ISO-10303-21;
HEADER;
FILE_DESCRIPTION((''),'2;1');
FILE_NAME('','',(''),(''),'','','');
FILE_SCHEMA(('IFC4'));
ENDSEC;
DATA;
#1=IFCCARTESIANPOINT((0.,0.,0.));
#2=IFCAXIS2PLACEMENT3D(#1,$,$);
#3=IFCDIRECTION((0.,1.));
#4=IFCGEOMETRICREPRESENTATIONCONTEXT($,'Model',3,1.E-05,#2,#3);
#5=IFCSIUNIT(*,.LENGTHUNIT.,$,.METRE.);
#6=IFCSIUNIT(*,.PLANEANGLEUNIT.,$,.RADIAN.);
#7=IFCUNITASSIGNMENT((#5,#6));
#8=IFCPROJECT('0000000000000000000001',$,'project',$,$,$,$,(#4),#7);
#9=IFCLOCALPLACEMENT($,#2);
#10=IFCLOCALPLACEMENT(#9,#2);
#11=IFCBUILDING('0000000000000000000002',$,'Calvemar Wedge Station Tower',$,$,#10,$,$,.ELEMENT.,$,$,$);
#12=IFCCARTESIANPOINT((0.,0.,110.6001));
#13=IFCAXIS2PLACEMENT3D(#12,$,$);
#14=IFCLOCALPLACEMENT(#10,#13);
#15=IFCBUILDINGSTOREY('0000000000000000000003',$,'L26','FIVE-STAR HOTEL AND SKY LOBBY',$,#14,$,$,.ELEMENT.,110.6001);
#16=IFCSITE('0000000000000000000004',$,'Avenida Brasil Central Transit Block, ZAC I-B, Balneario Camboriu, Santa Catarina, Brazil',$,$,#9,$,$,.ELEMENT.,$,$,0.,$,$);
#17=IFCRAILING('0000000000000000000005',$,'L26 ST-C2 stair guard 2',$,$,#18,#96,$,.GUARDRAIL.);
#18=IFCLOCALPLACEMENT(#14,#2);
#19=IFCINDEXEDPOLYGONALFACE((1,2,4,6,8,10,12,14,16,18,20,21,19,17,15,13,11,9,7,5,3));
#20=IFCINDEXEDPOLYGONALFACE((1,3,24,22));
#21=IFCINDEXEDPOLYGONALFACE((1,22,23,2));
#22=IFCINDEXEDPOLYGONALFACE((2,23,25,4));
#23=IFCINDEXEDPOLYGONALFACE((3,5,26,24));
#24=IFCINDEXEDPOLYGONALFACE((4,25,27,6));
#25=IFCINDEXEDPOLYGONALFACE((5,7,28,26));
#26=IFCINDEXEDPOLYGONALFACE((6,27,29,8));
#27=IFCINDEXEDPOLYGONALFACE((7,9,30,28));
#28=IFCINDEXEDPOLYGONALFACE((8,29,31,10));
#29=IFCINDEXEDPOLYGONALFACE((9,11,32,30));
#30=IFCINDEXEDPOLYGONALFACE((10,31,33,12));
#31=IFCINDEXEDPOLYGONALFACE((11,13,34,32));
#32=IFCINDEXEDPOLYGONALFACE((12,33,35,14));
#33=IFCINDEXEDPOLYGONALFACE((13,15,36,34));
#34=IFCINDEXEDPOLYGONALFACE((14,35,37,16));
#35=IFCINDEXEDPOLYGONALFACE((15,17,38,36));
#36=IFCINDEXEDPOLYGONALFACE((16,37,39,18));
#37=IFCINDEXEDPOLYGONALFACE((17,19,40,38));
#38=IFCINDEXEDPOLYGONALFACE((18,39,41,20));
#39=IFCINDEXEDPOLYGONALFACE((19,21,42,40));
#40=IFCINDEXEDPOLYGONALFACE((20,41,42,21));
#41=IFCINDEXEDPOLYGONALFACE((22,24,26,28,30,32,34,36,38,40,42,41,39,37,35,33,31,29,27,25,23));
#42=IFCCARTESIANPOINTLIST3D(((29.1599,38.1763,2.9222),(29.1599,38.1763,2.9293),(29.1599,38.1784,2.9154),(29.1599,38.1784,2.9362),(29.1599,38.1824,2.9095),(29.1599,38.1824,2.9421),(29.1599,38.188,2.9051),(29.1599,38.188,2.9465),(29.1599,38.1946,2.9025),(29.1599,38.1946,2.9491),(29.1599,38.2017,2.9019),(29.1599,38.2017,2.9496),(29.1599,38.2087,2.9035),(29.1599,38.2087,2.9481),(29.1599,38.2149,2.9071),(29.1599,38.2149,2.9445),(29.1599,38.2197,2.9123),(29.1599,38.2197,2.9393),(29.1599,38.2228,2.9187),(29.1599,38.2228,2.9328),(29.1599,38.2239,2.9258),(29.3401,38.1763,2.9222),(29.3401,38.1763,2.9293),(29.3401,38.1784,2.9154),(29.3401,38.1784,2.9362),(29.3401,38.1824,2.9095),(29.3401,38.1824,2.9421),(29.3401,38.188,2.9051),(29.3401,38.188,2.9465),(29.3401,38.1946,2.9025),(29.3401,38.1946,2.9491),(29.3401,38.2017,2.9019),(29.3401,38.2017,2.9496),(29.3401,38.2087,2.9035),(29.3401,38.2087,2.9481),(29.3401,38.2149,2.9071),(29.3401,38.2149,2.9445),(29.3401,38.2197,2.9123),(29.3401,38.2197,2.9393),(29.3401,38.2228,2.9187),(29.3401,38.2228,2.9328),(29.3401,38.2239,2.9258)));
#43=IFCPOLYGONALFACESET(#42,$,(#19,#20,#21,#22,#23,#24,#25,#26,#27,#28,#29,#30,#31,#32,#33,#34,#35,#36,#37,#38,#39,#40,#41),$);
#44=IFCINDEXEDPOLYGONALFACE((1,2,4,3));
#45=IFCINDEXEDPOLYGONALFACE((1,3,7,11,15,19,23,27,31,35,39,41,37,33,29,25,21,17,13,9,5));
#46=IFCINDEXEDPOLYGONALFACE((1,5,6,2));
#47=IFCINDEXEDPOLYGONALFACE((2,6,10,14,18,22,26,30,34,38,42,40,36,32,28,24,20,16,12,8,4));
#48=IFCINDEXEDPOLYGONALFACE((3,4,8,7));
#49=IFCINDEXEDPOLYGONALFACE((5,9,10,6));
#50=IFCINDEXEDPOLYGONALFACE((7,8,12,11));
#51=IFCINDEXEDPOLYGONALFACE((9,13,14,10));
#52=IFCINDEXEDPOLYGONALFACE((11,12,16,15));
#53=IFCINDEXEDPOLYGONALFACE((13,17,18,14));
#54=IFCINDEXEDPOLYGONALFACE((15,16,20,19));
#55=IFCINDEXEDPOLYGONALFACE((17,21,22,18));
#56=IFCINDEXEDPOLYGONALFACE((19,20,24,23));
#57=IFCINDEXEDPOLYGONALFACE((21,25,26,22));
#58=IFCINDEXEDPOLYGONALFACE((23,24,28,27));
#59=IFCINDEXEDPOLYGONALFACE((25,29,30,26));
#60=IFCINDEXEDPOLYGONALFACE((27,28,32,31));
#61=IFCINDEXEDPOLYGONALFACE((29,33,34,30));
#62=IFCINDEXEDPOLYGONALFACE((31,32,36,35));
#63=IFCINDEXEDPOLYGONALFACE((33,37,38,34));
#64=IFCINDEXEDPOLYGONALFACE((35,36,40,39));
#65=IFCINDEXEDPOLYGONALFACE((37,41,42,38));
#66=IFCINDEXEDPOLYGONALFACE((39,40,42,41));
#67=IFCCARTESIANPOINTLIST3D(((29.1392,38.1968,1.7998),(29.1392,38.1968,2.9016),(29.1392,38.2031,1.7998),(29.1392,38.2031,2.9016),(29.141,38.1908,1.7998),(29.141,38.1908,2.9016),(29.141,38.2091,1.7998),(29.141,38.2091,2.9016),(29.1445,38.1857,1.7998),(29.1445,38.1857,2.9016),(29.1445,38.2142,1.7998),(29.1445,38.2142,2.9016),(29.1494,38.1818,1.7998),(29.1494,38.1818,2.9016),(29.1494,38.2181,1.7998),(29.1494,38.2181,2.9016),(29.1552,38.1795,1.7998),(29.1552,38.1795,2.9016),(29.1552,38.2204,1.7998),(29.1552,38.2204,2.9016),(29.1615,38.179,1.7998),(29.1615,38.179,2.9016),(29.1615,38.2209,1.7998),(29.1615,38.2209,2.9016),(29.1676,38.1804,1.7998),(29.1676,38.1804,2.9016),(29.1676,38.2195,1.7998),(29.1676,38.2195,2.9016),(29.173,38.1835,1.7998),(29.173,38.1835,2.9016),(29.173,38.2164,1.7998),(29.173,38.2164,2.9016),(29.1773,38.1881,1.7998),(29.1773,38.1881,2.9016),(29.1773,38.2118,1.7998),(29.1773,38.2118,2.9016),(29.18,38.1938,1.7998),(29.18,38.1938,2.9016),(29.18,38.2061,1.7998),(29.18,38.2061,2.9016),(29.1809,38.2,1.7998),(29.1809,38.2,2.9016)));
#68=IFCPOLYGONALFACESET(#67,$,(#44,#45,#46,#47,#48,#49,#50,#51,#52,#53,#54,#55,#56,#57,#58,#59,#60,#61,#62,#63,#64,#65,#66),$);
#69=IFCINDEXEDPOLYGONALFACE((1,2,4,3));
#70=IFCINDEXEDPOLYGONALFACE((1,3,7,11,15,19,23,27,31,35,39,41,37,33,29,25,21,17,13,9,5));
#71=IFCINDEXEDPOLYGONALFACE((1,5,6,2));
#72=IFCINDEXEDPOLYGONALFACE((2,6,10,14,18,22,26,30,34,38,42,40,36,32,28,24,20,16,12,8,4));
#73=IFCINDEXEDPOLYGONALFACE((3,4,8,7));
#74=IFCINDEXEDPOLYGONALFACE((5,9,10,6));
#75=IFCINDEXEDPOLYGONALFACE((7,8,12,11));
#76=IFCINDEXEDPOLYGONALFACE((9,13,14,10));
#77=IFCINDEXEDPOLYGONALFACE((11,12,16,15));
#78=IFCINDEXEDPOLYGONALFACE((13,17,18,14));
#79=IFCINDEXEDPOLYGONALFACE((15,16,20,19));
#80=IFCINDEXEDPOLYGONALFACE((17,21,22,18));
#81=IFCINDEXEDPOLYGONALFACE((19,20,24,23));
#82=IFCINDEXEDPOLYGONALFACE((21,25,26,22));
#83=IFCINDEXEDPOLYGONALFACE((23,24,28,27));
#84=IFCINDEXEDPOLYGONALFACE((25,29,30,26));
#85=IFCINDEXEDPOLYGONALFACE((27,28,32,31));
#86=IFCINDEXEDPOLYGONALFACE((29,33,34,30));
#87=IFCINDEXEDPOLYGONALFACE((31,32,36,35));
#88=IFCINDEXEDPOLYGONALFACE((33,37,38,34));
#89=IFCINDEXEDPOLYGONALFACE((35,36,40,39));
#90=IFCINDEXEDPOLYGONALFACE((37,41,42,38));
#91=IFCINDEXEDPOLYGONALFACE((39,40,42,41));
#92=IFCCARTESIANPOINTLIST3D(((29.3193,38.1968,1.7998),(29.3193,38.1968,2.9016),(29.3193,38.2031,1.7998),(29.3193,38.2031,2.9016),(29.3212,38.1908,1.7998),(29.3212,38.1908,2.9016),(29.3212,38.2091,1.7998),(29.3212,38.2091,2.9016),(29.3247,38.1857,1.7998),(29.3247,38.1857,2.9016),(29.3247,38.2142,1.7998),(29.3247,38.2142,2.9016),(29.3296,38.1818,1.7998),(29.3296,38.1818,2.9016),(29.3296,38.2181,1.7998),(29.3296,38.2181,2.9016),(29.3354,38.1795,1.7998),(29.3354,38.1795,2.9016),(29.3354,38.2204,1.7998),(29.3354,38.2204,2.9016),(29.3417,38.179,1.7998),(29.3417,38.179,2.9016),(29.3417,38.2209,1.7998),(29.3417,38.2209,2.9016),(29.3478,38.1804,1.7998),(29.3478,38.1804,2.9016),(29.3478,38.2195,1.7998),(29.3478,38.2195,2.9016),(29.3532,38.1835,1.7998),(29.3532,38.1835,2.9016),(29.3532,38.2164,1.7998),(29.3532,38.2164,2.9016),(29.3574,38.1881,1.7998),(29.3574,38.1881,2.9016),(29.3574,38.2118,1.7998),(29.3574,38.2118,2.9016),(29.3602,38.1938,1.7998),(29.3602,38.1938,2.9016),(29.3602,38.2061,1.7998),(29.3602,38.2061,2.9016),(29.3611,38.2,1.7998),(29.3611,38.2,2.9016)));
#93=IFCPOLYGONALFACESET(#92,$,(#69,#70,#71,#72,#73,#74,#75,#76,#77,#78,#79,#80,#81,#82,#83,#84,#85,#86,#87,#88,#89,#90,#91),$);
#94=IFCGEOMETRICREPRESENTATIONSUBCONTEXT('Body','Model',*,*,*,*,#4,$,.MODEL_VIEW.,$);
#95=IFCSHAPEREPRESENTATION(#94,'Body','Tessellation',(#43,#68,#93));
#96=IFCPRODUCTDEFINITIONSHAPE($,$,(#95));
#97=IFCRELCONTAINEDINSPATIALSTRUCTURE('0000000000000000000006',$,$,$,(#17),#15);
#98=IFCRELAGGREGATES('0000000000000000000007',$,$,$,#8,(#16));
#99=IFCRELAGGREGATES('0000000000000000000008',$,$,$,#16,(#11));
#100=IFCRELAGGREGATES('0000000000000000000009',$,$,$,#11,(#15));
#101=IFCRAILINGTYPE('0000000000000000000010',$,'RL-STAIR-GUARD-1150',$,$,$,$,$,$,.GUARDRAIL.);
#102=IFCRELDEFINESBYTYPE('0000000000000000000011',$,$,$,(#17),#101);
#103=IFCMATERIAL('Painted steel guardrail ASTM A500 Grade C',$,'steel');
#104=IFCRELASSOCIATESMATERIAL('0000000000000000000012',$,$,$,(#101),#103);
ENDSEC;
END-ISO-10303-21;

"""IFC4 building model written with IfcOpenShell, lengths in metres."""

from ifc_helpers import new_model, si_unit, direction, frame, origin, origin_2d, place, context, subcontext, project, spatial, circle, extrude, material, type_object, element, save


model = new_model("IFC4")

# Units and contexts
model_context = context("Model", 3, precision=1e-05, world=origin(), true_north=direction((0.0, 1.0)))
body_context = subcontext(model_context, "Body", "Model", "MODEL_VIEW")
ifc_project = project(units=[si_unit("LENGTHUNIT", "METRE"), si_unit("PLANEANGLEUNIT", "RADIAN")], contexts=[model_context])

# Site, building, storey
site_placement = place(None, origin())
site = spatial("IfcSite", under=ifc_project, at=site_placement, Name="Avenida Brasil Central Transit Block, ZAC I-B, Balneario Camboriu, Santa Catarina, Brazil", CompositionType="ELEMENT", RefElevation=0.0)
building_placement = place(site_placement, origin())
building = spatial("IfcBuilding", under=site, at=building_placement, Name="Calvemar Wedge Station Tower", CompositionType="ELEMENT")
storey_placement = place(building_placement, frame((0.0, 0.0, 110.6001)))
storey = spatial("IfcBuildingStorey", under=building, at=storey_placement, Name="L26", Description="FIVE-STAR HOTEL AND SKY LOBBY", CompositionType="ELEMENT", Elevation=110.6001)

# Railing
ifc_material_1 = material(Name="Painted steel guardrail ASTM A500 Grade C", Category="steel")
railing_type_1 = type_object("IfcRailingType", Name="RL-STAIR-GUARD-1150", PredefinedType="GUARDRAIL", material=ifc_material_1)
railing_1_placement = place(storey_placement, frame((29.1599, 38.2, 1.7998)))
element("IfcRailing", 1, at=railing_1_placement, inside=storey, type_object=railing_type_1, Name="L26 ST-C2 stair guard 2", PredefinedType="GUARDRAIL", context=body_context, shape_type="SweptSolid", body=[
    extrude(circle(Radius=0.0239, at=origin_2d()), frame((0.0, 0.0, 1.126), z_axis=(1.0, 0.0, 0.0), x_axis=(0.0, 1.0, 0.0)), (0.0, 0.0, 1.0), 0.1802),
    extrude(circle(Radius=0.021, at=origin_2d()), origin(), (0.0, 0.0, 1.0), 1.1018),
    extrude(circle(Radius=0.021, at=origin_2d()), frame((0.1802, 0.0, 0.0)), (0.0, 0.0, 1.0), 1.1018),
])

save(model, "model.ifc")
